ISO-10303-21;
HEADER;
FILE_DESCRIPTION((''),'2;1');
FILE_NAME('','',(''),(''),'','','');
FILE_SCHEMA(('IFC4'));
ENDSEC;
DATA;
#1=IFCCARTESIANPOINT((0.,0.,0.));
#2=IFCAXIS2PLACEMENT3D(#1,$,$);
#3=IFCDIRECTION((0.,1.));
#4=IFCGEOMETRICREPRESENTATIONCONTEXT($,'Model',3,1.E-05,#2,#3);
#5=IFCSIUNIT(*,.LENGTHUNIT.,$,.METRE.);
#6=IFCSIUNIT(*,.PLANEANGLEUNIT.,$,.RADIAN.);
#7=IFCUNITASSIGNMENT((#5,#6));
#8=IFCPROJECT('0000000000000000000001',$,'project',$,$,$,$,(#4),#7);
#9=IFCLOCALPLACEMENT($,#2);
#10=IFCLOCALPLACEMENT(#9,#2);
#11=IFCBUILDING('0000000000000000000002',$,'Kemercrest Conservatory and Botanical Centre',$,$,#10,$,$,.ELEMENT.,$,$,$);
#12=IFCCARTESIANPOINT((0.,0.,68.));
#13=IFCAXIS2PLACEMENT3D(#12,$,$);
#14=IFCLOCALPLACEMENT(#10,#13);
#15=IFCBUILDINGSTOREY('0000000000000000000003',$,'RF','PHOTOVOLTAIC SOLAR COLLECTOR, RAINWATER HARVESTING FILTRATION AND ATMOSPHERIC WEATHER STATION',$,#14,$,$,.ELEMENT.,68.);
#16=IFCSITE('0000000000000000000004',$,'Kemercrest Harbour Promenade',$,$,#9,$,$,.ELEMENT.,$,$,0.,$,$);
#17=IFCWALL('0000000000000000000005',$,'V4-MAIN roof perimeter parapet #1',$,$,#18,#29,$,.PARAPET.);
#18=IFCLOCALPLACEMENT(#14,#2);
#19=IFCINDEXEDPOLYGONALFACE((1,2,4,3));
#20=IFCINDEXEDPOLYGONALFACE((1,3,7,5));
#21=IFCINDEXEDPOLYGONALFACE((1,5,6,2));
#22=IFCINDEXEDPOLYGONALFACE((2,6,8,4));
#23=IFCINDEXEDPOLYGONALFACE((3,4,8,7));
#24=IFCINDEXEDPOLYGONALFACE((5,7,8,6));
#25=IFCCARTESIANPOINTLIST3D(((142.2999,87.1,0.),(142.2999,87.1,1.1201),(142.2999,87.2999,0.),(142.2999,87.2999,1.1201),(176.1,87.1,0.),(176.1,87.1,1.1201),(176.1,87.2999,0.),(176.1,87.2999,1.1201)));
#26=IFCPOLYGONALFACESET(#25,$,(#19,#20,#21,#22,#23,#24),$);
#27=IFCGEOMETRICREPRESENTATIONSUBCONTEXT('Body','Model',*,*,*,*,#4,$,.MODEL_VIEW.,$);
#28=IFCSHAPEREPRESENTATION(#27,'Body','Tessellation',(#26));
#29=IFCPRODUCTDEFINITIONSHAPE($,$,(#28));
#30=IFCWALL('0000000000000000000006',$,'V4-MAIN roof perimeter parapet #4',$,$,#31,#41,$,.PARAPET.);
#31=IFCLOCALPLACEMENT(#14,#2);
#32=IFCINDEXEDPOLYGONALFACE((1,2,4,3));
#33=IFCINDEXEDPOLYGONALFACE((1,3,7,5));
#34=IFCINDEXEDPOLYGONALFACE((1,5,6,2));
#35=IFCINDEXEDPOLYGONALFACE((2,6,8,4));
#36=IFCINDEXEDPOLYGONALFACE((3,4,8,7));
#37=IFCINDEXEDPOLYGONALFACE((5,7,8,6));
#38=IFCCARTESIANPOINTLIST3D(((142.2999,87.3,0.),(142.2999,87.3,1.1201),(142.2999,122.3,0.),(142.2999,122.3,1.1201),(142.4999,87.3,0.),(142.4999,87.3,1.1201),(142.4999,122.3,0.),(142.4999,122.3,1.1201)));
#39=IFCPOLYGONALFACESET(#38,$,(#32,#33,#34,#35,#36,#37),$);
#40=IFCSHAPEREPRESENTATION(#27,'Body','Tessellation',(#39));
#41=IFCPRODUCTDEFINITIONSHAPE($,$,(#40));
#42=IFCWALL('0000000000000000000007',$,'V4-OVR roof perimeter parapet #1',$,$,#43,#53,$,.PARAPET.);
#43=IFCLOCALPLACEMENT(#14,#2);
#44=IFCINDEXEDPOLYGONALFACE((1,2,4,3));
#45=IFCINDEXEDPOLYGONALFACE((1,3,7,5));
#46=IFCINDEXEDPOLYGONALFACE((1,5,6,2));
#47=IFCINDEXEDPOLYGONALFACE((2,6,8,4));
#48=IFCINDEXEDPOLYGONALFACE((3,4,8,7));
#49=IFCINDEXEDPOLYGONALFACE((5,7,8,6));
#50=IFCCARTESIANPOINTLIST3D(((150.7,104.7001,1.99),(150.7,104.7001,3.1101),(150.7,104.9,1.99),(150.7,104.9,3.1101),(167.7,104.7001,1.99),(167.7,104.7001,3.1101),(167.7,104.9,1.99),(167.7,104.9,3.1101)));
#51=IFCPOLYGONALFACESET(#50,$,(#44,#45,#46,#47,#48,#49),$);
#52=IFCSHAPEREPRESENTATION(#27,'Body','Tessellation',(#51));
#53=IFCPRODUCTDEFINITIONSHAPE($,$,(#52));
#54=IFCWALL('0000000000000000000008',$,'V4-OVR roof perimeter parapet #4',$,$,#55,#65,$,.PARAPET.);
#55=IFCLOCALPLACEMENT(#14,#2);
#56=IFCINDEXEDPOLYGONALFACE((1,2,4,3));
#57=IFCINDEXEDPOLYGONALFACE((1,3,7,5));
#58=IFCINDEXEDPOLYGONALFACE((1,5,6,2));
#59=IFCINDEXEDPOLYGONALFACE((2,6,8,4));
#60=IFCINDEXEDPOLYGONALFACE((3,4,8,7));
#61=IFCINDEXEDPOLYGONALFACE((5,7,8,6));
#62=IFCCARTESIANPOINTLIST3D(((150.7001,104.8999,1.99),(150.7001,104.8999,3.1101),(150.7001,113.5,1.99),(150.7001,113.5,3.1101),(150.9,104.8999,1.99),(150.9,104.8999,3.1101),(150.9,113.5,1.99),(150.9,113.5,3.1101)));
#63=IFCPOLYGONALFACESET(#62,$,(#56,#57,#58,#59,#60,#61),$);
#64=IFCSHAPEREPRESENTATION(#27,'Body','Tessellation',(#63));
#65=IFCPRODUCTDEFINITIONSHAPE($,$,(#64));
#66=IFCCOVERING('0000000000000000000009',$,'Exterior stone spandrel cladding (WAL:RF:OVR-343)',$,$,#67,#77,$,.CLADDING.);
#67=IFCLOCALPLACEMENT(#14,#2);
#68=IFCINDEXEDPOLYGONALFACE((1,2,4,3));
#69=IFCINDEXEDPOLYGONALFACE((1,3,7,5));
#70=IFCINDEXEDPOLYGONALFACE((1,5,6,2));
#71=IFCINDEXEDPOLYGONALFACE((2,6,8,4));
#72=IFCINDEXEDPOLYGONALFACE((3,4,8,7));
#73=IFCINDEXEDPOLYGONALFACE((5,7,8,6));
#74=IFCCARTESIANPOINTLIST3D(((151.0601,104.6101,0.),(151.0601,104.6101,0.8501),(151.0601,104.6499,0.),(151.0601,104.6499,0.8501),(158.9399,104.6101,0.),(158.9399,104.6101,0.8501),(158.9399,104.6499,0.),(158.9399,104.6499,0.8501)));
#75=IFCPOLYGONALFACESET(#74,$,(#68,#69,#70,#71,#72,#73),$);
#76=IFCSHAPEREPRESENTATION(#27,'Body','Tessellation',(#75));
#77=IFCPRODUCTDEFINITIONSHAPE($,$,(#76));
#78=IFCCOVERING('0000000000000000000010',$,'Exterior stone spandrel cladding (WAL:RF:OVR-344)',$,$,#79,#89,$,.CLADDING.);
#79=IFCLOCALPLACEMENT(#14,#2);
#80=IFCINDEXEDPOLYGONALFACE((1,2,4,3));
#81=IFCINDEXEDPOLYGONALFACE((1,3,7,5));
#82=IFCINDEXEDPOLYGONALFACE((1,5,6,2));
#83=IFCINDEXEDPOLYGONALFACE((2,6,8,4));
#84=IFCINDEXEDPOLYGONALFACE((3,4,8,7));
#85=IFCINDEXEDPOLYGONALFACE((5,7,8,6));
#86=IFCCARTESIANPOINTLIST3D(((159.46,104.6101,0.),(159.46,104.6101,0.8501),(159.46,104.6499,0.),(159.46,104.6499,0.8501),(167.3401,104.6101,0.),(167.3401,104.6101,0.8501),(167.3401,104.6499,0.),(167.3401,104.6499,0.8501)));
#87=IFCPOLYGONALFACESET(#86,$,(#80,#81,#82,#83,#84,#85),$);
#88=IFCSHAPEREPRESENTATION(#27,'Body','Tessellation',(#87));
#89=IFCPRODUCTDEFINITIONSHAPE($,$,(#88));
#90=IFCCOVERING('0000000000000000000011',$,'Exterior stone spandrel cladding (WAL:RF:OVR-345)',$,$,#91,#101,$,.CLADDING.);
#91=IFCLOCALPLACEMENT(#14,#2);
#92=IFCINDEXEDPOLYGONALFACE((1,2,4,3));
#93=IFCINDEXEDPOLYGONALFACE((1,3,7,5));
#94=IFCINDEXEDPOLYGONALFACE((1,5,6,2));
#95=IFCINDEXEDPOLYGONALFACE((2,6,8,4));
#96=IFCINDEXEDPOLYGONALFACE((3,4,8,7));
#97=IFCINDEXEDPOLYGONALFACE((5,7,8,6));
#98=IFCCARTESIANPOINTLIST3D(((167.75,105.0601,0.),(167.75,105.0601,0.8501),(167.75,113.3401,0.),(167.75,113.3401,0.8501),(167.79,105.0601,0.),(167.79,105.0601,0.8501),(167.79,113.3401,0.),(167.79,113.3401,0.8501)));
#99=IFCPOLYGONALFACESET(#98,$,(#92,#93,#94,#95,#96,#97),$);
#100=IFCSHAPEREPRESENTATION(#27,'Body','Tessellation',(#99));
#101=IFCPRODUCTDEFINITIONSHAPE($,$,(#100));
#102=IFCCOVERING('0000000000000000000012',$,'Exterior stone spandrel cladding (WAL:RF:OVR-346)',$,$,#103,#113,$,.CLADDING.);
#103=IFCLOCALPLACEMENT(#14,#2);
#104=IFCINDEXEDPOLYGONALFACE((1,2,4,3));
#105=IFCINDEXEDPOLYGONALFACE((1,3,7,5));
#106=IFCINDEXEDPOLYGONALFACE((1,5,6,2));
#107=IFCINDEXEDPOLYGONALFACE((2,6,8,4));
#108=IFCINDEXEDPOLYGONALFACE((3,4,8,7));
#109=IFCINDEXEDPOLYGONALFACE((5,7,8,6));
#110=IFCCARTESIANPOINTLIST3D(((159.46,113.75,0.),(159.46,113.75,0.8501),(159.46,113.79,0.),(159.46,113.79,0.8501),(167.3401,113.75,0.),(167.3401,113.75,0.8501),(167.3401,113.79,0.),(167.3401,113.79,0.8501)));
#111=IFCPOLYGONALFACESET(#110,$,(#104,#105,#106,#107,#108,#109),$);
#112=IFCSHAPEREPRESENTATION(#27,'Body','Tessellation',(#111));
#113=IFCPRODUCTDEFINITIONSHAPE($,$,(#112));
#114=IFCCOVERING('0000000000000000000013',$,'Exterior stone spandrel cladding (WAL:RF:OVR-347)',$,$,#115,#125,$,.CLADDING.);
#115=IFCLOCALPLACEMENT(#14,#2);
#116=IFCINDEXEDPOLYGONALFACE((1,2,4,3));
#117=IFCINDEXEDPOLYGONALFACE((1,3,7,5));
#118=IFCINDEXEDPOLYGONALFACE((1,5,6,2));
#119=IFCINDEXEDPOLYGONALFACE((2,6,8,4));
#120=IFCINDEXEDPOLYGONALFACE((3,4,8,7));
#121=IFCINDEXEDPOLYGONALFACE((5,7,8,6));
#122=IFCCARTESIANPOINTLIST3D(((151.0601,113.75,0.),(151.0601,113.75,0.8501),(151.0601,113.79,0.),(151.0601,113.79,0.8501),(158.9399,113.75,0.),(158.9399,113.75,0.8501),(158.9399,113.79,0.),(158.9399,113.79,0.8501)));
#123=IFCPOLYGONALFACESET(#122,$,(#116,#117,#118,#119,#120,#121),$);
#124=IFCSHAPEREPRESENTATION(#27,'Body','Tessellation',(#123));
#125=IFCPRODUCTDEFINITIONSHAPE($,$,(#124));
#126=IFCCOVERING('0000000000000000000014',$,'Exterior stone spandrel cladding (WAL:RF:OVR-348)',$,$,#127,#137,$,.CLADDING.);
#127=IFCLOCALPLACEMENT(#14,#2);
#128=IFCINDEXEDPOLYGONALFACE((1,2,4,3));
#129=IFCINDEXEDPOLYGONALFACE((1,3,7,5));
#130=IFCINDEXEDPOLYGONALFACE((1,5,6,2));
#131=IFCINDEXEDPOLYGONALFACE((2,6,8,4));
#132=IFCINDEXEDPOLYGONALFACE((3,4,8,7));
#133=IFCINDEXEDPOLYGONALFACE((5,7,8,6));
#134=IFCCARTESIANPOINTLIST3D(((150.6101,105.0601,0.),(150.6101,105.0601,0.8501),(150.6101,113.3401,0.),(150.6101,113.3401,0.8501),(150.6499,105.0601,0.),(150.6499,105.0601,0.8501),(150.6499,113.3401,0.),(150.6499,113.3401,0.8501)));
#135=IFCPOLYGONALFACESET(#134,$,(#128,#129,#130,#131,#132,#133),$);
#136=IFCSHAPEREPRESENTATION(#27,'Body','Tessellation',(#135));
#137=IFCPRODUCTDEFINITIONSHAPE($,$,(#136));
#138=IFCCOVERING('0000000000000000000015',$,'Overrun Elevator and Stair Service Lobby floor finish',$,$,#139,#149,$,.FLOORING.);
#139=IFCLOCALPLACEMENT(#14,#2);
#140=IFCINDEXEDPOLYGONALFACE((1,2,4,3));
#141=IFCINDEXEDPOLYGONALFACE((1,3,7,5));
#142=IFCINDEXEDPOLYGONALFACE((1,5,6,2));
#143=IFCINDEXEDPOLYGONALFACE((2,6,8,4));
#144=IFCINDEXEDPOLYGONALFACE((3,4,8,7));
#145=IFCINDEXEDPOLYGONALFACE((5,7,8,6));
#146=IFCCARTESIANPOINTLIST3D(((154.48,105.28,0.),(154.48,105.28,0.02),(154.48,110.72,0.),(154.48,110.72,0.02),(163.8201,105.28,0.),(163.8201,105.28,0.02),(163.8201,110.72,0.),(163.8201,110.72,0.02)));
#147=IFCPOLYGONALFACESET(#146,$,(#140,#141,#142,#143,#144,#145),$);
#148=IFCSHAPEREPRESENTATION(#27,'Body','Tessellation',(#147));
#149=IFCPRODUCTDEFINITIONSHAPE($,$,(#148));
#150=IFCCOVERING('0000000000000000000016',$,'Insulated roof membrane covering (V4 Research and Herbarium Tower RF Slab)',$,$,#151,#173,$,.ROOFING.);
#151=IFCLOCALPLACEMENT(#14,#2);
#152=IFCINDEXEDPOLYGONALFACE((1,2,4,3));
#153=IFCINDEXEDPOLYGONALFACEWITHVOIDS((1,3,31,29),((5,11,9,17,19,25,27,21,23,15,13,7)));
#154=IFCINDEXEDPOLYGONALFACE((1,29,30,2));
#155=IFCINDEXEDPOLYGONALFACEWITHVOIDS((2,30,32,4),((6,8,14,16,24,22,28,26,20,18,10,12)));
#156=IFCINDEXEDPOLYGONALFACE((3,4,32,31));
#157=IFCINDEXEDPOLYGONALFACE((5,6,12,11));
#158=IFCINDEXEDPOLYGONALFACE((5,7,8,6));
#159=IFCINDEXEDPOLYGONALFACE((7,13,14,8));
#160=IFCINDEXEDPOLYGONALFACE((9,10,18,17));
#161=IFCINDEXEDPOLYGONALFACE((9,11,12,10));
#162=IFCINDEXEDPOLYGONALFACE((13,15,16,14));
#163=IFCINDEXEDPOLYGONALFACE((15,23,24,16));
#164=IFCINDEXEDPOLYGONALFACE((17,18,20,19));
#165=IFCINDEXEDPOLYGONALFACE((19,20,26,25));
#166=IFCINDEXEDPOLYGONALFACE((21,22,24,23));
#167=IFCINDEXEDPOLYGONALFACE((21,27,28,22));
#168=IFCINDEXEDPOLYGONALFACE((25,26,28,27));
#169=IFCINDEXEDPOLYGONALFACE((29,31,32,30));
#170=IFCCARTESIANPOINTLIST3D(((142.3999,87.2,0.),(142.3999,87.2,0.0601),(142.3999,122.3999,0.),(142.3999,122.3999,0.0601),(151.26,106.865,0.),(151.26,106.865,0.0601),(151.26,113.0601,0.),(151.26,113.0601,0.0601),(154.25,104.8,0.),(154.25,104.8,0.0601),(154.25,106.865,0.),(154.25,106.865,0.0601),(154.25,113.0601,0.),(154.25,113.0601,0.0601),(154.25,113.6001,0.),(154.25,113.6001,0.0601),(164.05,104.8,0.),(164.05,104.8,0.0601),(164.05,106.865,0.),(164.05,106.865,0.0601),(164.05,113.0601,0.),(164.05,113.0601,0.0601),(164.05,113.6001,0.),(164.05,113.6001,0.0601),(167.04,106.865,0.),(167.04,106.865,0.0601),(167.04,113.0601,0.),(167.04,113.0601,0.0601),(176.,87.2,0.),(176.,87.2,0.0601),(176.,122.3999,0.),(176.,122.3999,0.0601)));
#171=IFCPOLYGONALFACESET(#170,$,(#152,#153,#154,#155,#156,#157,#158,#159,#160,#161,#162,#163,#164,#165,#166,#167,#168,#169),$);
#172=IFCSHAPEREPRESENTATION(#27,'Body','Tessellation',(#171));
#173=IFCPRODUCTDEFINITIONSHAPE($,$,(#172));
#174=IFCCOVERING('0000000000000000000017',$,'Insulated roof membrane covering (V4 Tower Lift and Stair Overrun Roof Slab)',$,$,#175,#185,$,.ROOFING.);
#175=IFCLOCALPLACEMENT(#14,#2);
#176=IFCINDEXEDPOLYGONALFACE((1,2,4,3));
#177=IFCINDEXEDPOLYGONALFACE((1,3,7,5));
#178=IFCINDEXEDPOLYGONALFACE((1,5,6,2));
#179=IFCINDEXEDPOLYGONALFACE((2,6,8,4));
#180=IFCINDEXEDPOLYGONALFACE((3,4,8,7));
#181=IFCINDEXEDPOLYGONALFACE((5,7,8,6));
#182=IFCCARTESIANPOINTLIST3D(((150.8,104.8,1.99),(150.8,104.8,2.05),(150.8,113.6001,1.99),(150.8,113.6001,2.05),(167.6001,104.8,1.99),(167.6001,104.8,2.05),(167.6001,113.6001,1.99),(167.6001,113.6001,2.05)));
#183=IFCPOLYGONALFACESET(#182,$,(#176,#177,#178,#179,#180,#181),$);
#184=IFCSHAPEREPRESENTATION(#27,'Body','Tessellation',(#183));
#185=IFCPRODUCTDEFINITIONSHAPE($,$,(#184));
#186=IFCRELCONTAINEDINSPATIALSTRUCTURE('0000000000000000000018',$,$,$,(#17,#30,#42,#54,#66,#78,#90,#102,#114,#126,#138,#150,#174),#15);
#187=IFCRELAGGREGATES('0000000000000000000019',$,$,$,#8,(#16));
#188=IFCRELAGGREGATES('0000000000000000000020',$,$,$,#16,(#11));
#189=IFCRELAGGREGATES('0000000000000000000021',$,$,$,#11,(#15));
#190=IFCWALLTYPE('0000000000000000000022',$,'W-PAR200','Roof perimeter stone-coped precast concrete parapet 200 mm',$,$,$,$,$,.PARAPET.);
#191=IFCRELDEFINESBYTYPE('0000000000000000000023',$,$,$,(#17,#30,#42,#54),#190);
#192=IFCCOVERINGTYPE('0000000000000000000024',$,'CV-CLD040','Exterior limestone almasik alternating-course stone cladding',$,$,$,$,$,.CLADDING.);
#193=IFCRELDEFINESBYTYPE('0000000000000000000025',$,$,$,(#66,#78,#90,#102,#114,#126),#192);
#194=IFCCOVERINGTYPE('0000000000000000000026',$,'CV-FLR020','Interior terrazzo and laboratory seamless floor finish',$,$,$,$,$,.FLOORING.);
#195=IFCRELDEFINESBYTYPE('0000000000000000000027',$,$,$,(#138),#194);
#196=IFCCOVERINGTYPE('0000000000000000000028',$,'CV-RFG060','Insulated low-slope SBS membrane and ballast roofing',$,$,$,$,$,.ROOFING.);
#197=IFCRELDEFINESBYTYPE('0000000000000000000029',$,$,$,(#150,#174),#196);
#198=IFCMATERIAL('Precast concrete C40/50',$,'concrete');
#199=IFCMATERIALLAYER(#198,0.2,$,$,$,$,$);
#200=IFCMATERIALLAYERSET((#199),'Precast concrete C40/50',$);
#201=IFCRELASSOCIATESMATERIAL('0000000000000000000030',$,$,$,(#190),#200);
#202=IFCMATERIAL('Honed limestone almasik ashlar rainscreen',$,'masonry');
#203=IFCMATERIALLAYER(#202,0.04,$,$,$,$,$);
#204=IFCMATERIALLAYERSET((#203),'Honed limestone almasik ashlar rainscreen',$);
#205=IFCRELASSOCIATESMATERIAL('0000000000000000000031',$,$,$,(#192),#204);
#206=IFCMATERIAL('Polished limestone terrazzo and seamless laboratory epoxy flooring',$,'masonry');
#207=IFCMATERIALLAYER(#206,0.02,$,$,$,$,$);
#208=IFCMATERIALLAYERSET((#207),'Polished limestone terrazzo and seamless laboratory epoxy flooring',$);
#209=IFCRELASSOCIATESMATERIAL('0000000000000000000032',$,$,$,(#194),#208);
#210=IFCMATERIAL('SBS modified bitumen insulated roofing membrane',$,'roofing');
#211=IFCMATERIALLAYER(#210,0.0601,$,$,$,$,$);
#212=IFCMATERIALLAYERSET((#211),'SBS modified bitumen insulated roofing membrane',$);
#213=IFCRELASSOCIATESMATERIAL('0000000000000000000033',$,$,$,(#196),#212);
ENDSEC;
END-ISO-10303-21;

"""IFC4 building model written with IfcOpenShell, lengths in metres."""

from ifc_helpers import new_model, si_unit, direction, frame, frame_2d, origin, place, context, subcontext, project, spatial, polyline, rectangle, outline, extrude, material, layer, layer_set, type_object, element, save


model = new_model("IFC4")

# Units and contexts
model_context = context("Model", 3, precision=1e-05, world=origin(), true_north=direction((0.0, 1.0)))
body_context = subcontext(model_context, "Body", "Model", "MODEL_VIEW")
ifc_project = project(units=[si_unit("LENGTHUNIT", "METRE"), si_unit("PLANEANGLEUNIT", "RADIAN")], contexts=[model_context])

# Site, building, storey
site_placement = place(None, origin())
site = spatial("IfcSite", under=ifc_project, at=site_placement, Name="Kemercrest Harbour Promenade", CompositionType="ELEMENT", RefElevation=0.0)
building_placement = place(site_placement, origin())
building = spatial("IfcBuilding", under=site, at=building_placement, Name="Kemercrest Conservatory and Botanical Centre", CompositionType="ELEMENT")
storey_placement = place(building_placement, frame((0.0, 0.0, 68.0)))
storey = spatial("IfcBuildingStorey", under=building, at=storey_placement, Name="RF", Description="PHOTOVOLTAIC SOLAR COLLECTOR, RAINWATER HARVESTING FILTRATION AND ATMOSPHERIC WEATHER STATION", CompositionType="ELEMENT", Elevation=68.0)

# Walls
ifc_material_1 = material(Name="Precast concrete C40/50", Category="concrete")
ifc_layer_1 = layer(ifc_material_1, 0.2)
ifc_layer_set_1 = layer_set([ifc_layer_1], Name="Precast concrete C40/50")
wall_type_1 = type_object("IfcWallType", Name="W-PAR200", Description="Roof perimeter stone-coped precast concrete parapet 200 mm", PredefinedType="PARAPET", material=ifc_layer_set_1)
wall_1_placement = place(storey_placement, frame((142.3, 87.2, 0.0), z_axis=(0.0, 0.0, 1.0), x_axis=(1.0, 0.0, 0.0)))
element("IfcWall", 1, at=wall_1_placement, inside=storey, type_object=wall_type_1, Name="V4-MAIN roof perimeter parapet #1", PredefinedType="PARAPET", context=body_context, shape_type="SweptSolid", body=[
    extrude(rectangle(XDim=33.8, YDim=0.2, at=frame_2d((16.8999, 0.0))), origin(), (0.0, 0.0, 1.0), 1.1201),
])
wall_2_placement = place(storey_placement, frame((142.3999, 122.3, 0.0), z_axis=(0.0, 0.0, 1.0), x_axis=(0.0, -1.0, 0.0)))
element("IfcWall", 2, at=wall_2_placement, inside=storey, type_object=wall_type_1, Name="V4-MAIN roof perimeter parapet #4", PredefinedType="PARAPET", context=body_context, shape_type="SweptSolid", body=[
    extrude(rectangle(XDim=35.0, YDim=0.2, at=frame_2d((17.5, 0.0))), origin(), (0.0, 0.0, 1.0), 1.1201),
])
wall_3_placement = place(storey_placement, frame((150.7, 104.8, 1.99), z_axis=(0.0, 0.0, 1.0), x_axis=(1.0, 0.0, 0.0)))
element("IfcWall", 3, at=wall_3_placement, inside=storey, type_object=wall_type_1, Name="V4-OVR roof perimeter parapet #1", PredefinedType="PARAPET", context=body_context, shape_type="SweptSolid", body=[
    extrude(rectangle(XDim=17.0, YDim=0.2, at=frame_2d((8.5, 0.0))), origin(), (0.0, 0.0, 1.0), 1.1201),
])
wall_4_placement = place(storey_placement, frame((150.8, 113.5, 1.99), z_axis=(0.0, 0.0, 1.0), x_axis=(0.0, -1.0, 0.0)))
element("IfcWall", 4, at=wall_4_placement, inside=storey, type_object=wall_type_1, Name="V4-OVR roof perimeter parapet #4", PredefinedType="PARAPET", context=body_context, shape_type="SweptSolid", body=[
    extrude(rectangle(XDim=8.6001, YDim=0.2, at=frame_2d((4.3, 0.0))), origin(), (0.0, 0.0, 1.0), 1.1201),
])

# Coverings
ifc_material_2 = material(Name="Honed limestone almasik ashlar rainscreen", Category="masonry")
ifc_layer_2 = layer(ifc_material_2, 0.04)
ifc_layer_set_2 = layer_set([ifc_layer_2], Name="Honed limestone almasik ashlar rainscreen")
covering_type_1 = type_object("IfcCoveringType", Name="CV-CLD040", Description="Exterior limestone almasik alternating-course stone cladding", PredefinedType="CLADDING", material=ifc_layer_set_2)
covering_1_placement = place(storey_placement, origin())
element("IfcCovering", 5, at=covering_1_placement, inside=storey, type_object=covering_type_1, Name="Exterior stone spandrel cladding (WAL:RF:OVR-343)", PredefinedType="CLADDING", context=body_context, shape_type="SweptSolid", body=[
    extrude(outline(polyline([(151.0601, 104.6499), (151.0601, 104.6101), (158.9399, 104.6101), (158.9399, 104.6499), (151.0601, 104.6499)])), origin(), (0.0, 0.0, 1.0), 0.8501),
])
covering_2_placement = place(storey_placement, origin())
element("IfcCovering", 6, at=covering_2_placement, inside=storey, type_object=covering_type_1, Name="Exterior stone spandrel cladding (WAL:RF:OVR-344)", PredefinedType="CLADDING", context=body_context, shape_type="SweptSolid", body=[
    extrude(outline(polyline([(159.46, 104.6499), (159.46, 104.6101), (167.3401, 104.6101), (167.3401, 104.6499), (159.46, 104.6499)])), origin(), (0.0, 0.0, 1.0), 0.8501),
])
covering_3_placement = place(storey_placement, origin())
element("IfcCovering", 7, at=covering_3_placement, inside=storey, type_object=covering_type_1, Name="Exterior stone spandrel cladding (WAL:RF:OVR-345)", PredefinedType="CLADDING", context=body_context, shape_type="SweptSolid", body=[
    extrude(outline(polyline([(167.75, 105.0601), (167.79, 105.0601), (167.79, 113.3401), (167.75, 113.3401), (167.75, 105.0601)])), origin(), (0.0, 0.0, 1.0), 0.8501),
])
covering_4_placement = place(storey_placement, origin())
element("IfcCovering", 8, at=covering_4_placement, inside=storey, type_object=covering_type_1, Name="Exterior stone spandrel cladding (WAL:RF:OVR-346)", PredefinedType="CLADDING", context=body_context, shape_type="SweptSolid", body=[
    extrude(outline(polyline([(167.3401, 113.75), (167.3401, 113.79), (159.46, 113.79), (159.46, 113.75), (167.3401, 113.75)])), origin(), (0.0, 0.0, 1.0), 0.8501),
])
covering_5_placement = place(storey_placement, origin())
element("IfcCovering", 9, at=covering_5_placement, inside=storey, type_object=covering_type_1, Name="Exterior stone spandrel cladding (WAL:RF:OVR-347)", PredefinedType="CLADDING", context=body_context, shape_type="SweptSolid", body=[
    extrude(outline(polyline([(158.9399, 113.75), (158.9399, 113.79), (151.0601, 113.79), (151.0601, 113.75), (158.9399, 113.75)])), origin(), (0.0, 0.0, 1.0), 0.8501),
])
covering_6_placement = place(storey_placement, origin())
element("IfcCovering", 10, at=covering_6_placement, inside=storey, type_object=covering_type_1, Name="Exterior stone spandrel cladding (WAL:RF:OVR-348)", PredefinedType="CLADDING", context=body_context, shape_type="SweptSolid", body=[
    extrude(outline(polyline([(150.6499, 113.3401), (150.6101, 113.3401), (150.6101, 105.0601), (150.6499, 105.0601), (150.6499, 113.3401)])), origin(), (0.0, 0.0, 1.0), 0.8501),
])
ifc_material_3 = material(Name="Polished limestone terrazzo and seamless laboratory epoxy flooring", Category="masonry")
ifc_layer_3 = layer(ifc_material_3, 0.02)
ifc_layer_set_3 = layer_set([ifc_layer_3], Name="Polished limestone terrazzo and seamless laboratory epoxy flooring")
covering_type_2 = type_object("IfcCoveringType", Name="CV-FLR020", Description="Interior terrazzo and laboratory seamless floor finish", PredefinedType="FLOORING", material=ifc_layer_set_3)
covering_7_placement = place(storey_placement, origin())
element("IfcCovering", 11, at=covering_7_placement, inside=storey, type_object=covering_type_2, Name="Overrun Elevator and Stair Service Lobby floor finish", PredefinedType="FLOORING", context=body_context, shape_type="SweptSolid", body=[
    extrude(outline(polyline([(154.48, 105.28), (163.8201, 105.28), (163.8201, 110.72), (154.48, 110.72), (154.48, 105.28)])), origin(), (0.0, 0.0, 1.0), 0.02),
])
ifc_material_4 = material(Name="SBS modified bitumen insulated roofing membrane", Category="roofing")
ifc_layer_4 = layer(ifc_material_4, 0.0601)
ifc_layer_set_4 = layer_set([ifc_layer_4], Name="SBS modified bitumen insulated roofing membrane")
covering_type_3 = type_object("IfcCoveringType", Name="CV-RFG060", Description="Insulated low-slope SBS membrane and ballast roofing", PredefinedType="ROOFING", material=ifc_layer_set_4)
covering_8_placement = place(storey_placement, origin())
element("IfcCovering", 12, at=covering_8_placement, inside=storey, type_object=covering_type_3, Name="Insulated roof membrane covering (V4 Research and Herbarium Tower RF Slab)", PredefinedType="ROOFING", context=body_context, shape_type="SweptSolid", body=[
    extrude(outline(polyline([(176.0, 122.3999), (142.3999, 122.3999), (142.3999, 87.2), (176.0, 87.2), (176.0, 122.3999)]), holes=[polyline([(154.25, 106.865), (151.26, 106.865), (151.26, 113.0601), (154.25, 113.0601), (154.25, 113.6001), (164.05, 113.6001), (164.05, 113.0601), (167.04, 113.0601), (167.04, 106.865), (164.05, 106.865), (164.05, 104.8), (154.25, 104.8), (154.25, 106.865)])]), origin(), (0.0, 0.0, 1.0), 0.0601),
])
covering_9_placement = place(storey_placement, frame((0.0, 0.0, 1.99)))
element("IfcCovering", 13, at=covering_9_placement, inside=storey, type_object=covering_type_3, Name="Insulated roof membrane covering (V4 Tower Lift and Stair Overrun Roof Slab)", PredefinedType="ROOFING", context=body_context, shape_type="SweptSolid", body=[
    extrude(outline(polyline([(150.8, 104.8), (167.6001, 104.8), (167.6001, 113.6001), (150.8, 113.6001), (150.8, 104.8)])), origin(), (0.0, 0.0, 1.0), 0.0601),
])

save(model, "model.ifc")
